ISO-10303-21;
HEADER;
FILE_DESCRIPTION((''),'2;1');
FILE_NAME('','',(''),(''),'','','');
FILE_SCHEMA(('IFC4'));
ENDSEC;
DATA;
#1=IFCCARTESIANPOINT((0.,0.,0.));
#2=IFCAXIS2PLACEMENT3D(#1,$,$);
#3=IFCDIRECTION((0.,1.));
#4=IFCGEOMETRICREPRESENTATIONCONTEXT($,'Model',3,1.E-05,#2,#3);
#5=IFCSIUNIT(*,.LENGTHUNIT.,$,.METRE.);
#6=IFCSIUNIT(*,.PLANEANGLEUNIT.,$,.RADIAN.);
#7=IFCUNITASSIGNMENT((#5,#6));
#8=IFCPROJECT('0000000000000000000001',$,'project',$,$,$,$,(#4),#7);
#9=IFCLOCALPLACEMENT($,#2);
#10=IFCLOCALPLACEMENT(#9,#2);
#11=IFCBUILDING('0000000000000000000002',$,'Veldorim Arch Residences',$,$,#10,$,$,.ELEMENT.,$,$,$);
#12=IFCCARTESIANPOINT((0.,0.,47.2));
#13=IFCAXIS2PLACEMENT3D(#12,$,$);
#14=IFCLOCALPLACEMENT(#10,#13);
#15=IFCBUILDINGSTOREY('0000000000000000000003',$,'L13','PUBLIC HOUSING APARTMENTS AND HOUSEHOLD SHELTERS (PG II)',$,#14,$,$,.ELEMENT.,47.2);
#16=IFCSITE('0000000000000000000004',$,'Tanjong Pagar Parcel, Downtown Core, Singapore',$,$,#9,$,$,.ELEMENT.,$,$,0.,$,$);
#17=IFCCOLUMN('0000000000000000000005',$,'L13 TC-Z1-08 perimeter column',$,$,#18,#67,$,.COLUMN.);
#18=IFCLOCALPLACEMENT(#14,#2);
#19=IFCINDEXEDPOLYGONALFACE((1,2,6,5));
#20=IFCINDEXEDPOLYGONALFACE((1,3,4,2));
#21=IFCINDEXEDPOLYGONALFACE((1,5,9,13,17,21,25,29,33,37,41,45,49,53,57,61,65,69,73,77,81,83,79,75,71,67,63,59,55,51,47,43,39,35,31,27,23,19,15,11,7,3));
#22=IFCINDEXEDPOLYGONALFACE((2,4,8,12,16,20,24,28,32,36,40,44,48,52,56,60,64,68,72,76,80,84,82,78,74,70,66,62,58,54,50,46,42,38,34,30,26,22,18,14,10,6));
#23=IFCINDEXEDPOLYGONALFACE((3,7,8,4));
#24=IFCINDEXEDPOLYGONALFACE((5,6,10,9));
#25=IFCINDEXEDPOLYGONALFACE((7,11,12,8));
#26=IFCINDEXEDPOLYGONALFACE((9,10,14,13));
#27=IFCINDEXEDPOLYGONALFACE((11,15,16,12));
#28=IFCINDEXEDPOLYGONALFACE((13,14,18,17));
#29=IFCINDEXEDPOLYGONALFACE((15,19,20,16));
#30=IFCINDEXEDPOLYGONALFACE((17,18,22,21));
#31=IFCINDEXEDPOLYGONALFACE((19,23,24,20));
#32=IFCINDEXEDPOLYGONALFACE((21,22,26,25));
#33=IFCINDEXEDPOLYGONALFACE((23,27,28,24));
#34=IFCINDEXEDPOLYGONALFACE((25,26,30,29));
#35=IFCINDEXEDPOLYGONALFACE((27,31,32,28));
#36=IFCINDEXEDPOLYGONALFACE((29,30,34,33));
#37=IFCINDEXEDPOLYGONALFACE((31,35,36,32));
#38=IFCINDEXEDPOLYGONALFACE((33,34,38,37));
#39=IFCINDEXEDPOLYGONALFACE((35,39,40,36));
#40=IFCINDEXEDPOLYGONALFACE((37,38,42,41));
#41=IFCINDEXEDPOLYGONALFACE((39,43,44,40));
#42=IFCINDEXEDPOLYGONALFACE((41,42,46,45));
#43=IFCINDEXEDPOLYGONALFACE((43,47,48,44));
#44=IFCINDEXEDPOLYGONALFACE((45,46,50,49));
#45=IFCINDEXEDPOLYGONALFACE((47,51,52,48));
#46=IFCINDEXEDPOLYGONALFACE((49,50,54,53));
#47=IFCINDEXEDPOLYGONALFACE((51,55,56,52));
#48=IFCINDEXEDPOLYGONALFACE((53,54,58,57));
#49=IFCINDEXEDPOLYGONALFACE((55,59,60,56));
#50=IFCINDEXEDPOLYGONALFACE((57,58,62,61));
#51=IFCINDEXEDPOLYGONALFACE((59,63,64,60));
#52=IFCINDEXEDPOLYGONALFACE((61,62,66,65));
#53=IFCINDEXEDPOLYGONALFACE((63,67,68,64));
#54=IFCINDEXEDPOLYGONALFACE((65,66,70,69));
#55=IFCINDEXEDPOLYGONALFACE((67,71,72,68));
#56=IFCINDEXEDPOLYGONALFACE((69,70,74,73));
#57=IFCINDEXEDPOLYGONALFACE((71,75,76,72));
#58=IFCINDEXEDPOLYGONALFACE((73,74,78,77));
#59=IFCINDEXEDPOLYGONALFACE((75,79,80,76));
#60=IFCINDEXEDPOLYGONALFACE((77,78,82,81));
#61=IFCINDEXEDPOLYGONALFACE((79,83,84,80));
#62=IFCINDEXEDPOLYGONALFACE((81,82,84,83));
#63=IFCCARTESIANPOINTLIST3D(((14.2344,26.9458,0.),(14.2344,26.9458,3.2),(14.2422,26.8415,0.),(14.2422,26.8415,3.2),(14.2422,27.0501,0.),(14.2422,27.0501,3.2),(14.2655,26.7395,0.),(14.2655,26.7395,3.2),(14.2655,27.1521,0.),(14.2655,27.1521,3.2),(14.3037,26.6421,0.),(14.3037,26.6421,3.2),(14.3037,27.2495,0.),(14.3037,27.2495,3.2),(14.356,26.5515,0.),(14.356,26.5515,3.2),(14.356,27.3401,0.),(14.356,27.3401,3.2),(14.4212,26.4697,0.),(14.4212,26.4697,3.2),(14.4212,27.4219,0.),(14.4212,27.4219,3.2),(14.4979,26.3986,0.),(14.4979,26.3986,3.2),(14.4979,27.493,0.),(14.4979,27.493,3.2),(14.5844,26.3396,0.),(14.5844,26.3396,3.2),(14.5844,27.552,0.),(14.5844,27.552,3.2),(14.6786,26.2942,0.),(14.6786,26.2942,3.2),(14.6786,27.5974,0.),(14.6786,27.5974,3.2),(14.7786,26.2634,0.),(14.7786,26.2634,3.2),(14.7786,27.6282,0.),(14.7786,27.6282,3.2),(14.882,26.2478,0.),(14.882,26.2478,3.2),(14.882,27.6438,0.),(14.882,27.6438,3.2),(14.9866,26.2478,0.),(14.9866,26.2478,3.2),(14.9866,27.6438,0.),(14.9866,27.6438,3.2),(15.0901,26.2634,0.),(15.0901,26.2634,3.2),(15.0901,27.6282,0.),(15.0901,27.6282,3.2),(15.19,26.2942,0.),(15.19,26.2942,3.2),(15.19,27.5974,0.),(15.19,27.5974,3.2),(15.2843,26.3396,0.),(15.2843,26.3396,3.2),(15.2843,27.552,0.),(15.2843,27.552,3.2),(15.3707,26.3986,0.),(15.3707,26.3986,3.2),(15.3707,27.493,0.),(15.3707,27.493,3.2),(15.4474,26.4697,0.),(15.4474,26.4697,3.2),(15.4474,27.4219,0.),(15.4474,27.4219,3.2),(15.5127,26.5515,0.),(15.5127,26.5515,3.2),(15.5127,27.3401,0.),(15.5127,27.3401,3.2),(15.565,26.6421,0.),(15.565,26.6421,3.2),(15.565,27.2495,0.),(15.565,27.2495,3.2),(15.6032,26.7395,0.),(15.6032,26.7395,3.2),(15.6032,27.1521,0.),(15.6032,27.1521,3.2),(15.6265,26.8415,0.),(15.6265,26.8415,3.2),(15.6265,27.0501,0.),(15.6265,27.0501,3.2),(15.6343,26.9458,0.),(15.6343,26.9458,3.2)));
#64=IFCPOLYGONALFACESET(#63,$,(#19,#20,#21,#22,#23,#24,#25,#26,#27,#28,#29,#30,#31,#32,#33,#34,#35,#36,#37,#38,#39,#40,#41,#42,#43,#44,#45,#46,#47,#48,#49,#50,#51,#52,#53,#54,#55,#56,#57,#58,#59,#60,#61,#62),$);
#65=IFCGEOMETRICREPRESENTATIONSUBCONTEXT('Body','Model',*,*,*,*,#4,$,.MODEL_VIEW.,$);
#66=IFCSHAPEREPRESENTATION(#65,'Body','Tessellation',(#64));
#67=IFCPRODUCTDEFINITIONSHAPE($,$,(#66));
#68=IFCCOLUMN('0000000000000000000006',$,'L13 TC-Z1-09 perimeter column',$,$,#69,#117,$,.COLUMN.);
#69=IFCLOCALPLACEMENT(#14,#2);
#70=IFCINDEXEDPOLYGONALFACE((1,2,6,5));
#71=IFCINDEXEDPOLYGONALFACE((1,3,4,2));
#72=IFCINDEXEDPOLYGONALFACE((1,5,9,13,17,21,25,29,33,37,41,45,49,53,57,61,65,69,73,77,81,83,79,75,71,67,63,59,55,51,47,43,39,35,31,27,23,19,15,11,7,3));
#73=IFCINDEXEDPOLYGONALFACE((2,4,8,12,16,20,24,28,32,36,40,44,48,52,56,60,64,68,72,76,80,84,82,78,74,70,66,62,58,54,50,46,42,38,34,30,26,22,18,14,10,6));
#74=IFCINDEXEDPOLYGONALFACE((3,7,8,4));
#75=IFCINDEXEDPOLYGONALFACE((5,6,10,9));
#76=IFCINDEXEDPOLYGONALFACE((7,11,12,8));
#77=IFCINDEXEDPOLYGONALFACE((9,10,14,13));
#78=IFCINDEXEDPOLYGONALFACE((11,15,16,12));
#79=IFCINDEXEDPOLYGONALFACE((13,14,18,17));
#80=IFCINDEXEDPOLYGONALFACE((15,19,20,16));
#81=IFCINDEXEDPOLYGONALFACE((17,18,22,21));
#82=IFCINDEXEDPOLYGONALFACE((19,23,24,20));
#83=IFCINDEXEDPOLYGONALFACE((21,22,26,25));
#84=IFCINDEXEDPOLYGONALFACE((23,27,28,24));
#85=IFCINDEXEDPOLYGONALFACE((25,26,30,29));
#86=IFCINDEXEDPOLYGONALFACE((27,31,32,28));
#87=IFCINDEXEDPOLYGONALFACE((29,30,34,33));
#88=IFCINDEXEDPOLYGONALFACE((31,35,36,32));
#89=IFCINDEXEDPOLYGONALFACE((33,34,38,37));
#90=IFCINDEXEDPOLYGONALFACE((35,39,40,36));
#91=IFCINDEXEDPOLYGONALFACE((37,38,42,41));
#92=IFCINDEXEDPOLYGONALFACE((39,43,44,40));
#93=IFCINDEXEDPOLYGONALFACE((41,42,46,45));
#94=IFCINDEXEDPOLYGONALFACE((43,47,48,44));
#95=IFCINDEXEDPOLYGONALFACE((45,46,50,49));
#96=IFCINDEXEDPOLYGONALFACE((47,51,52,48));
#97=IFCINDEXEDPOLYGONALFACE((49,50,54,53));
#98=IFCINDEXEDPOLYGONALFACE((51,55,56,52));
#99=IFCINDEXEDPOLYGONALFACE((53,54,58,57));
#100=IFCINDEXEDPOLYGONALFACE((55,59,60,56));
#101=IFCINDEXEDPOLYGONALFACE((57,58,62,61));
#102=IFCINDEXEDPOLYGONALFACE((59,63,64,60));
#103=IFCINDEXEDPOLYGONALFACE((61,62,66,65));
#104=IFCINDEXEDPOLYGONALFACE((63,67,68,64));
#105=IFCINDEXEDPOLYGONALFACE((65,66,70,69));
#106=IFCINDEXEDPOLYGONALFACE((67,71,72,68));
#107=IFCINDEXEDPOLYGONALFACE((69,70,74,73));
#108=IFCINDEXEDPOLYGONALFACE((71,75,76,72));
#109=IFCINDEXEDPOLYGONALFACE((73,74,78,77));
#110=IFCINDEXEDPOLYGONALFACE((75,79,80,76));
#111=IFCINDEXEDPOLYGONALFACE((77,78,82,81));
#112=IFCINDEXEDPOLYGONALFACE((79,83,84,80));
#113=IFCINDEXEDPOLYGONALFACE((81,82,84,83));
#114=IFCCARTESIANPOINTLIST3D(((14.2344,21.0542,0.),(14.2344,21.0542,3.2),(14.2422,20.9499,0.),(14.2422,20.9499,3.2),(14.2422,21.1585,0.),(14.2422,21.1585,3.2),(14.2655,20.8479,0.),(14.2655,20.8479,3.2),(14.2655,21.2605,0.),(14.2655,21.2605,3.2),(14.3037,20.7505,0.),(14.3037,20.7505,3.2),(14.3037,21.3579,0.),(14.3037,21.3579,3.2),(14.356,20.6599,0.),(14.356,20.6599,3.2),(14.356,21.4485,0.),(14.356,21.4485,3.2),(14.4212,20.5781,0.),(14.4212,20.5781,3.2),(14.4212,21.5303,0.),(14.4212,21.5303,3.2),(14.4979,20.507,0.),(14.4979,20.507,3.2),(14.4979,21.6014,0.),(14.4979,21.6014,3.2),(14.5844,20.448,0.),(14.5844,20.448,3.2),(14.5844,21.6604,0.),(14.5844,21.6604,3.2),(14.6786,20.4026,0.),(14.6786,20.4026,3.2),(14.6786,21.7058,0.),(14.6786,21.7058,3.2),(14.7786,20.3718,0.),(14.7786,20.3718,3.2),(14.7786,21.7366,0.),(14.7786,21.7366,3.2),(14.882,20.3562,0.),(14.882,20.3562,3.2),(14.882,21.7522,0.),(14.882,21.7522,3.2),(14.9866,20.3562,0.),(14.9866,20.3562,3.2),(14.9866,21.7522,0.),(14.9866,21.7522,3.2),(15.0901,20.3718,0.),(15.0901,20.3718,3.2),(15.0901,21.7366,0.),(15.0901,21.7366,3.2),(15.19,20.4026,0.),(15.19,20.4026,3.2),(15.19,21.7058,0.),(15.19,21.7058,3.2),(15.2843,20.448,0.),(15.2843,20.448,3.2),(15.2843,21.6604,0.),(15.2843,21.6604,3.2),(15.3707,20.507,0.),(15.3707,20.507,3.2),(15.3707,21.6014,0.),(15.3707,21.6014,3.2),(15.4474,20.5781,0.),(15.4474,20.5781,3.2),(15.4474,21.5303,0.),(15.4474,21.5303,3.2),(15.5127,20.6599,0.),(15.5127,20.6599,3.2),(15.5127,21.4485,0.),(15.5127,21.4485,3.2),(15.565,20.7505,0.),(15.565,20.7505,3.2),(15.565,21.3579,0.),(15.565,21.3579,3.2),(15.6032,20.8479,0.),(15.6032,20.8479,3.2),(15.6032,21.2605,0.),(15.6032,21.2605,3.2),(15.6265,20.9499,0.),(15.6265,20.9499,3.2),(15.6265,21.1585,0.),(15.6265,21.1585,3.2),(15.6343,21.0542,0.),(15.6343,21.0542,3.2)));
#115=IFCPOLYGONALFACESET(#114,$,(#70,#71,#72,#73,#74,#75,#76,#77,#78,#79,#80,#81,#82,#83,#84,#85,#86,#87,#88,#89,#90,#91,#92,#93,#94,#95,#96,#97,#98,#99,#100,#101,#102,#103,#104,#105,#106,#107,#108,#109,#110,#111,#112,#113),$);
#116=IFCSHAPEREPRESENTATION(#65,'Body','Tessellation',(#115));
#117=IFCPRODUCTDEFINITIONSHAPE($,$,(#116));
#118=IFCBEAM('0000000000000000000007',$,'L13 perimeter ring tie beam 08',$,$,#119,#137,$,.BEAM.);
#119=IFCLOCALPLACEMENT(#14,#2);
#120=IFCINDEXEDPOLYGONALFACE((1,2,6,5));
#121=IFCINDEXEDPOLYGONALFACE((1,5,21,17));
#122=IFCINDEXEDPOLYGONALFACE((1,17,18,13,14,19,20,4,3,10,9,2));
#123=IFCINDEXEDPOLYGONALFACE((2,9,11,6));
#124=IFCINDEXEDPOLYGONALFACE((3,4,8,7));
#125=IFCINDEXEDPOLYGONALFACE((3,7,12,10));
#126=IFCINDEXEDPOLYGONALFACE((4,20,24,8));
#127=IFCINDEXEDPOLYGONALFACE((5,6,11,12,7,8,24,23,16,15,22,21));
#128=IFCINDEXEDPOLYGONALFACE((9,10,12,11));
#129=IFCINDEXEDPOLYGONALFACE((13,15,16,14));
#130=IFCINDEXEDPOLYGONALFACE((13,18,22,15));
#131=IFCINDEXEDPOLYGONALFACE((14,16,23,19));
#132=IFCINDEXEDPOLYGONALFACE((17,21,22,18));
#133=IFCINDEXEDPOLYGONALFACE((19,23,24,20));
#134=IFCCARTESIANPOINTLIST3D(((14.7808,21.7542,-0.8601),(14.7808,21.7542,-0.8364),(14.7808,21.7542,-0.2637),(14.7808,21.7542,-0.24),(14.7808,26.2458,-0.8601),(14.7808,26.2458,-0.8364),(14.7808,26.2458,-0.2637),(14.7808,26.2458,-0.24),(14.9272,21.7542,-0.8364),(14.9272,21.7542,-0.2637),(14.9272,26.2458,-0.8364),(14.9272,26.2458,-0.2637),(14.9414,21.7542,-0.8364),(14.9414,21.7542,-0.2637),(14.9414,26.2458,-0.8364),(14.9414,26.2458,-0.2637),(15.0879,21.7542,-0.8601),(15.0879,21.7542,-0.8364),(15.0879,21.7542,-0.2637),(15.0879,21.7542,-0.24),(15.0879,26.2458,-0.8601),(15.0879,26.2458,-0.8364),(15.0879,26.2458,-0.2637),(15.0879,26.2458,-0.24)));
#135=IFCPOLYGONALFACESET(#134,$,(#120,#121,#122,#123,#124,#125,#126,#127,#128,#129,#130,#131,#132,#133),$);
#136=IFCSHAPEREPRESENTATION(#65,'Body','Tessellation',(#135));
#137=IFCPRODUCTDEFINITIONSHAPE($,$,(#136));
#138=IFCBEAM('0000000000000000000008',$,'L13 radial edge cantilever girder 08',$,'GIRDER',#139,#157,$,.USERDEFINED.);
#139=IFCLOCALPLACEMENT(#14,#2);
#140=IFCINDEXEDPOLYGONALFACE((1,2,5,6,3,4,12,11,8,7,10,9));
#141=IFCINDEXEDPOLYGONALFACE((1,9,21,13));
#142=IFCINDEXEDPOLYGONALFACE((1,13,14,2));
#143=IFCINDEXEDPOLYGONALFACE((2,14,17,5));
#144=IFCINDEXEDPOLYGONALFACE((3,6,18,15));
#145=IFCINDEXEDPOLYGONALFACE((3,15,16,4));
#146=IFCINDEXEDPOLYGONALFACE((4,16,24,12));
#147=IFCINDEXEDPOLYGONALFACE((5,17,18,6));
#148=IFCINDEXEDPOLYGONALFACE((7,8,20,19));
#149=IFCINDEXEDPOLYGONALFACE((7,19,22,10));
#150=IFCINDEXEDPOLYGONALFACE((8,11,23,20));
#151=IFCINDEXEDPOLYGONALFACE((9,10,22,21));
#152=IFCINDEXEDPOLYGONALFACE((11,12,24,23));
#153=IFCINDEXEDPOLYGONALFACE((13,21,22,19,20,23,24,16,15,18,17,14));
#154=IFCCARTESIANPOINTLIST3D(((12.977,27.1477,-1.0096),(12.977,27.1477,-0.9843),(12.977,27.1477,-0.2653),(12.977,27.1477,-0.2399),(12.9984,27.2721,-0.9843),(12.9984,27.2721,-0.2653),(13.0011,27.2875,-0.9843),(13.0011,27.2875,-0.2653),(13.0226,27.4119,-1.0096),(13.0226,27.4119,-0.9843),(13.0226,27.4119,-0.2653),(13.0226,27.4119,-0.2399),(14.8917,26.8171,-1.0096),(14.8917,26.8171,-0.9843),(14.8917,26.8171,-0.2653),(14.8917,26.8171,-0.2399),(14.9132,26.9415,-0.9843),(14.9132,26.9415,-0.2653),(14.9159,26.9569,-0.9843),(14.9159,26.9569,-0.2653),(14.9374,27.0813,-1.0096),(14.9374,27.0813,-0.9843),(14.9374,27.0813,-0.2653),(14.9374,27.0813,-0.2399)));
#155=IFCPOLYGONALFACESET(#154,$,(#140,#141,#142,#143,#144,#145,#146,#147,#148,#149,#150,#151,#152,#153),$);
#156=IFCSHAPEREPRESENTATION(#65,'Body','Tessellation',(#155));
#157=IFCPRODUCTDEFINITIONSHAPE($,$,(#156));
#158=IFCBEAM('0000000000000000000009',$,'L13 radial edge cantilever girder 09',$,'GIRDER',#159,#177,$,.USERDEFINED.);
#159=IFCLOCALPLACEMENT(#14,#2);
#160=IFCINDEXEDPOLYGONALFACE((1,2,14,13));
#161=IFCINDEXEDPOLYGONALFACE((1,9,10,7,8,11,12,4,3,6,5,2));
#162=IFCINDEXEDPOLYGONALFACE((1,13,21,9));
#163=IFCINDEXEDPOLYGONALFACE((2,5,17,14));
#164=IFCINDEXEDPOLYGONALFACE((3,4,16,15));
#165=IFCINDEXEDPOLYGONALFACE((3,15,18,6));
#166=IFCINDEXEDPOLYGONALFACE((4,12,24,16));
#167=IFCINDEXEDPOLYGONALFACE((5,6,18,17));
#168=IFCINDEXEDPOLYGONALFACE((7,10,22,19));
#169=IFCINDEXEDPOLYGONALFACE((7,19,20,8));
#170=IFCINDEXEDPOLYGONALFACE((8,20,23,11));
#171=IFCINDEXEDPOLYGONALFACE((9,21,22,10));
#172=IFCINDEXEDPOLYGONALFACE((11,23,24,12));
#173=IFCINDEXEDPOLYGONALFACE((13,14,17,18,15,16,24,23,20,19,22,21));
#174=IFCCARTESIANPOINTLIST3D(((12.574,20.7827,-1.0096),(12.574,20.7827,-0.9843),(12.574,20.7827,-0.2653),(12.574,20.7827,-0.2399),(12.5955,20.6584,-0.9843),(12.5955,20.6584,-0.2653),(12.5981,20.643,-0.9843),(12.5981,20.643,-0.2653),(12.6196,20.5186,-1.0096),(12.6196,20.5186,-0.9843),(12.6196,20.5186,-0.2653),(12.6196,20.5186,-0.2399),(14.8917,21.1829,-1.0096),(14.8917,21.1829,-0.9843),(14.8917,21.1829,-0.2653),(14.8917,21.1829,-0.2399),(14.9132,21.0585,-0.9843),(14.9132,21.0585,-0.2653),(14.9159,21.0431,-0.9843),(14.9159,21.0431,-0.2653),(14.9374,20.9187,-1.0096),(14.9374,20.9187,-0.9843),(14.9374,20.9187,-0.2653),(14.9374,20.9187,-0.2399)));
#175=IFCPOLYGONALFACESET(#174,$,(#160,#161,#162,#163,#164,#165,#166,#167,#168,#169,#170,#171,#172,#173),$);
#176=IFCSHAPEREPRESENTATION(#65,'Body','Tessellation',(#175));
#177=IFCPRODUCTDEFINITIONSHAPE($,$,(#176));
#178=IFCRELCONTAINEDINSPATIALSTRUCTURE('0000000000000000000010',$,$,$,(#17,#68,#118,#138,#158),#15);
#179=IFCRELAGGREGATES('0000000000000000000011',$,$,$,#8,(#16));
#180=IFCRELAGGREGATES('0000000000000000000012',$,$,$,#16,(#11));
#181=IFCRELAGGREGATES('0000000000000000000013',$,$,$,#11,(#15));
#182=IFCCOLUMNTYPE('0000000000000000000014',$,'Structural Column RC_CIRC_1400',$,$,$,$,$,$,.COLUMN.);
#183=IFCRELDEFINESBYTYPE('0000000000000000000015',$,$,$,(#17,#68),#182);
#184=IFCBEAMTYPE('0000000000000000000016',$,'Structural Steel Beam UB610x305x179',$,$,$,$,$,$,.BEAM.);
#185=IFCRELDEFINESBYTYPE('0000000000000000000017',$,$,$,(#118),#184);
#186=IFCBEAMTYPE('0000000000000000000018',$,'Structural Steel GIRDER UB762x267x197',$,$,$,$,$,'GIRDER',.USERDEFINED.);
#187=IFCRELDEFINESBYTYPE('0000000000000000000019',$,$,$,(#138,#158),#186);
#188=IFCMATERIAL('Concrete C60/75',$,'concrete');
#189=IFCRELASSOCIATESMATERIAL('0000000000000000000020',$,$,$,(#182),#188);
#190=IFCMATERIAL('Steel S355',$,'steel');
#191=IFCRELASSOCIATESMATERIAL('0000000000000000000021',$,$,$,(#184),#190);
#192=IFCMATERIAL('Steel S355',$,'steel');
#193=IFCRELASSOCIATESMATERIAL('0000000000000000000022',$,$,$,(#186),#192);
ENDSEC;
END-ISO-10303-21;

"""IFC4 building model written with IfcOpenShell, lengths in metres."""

from ifc_helpers import new_model, si_unit, direction, frame, origin, origin_2d, place, context, subcontext, project, spatial, circle, i_section, extrude, material, material_profile, profile_set, type_object, element, save


model = new_model("IFC4")

# Units and contexts
model_context = context("Model", 3, precision=1e-05, world=origin(), true_north=direction((0.0, 1.0)))
body_context = subcontext(model_context, "Body", "Model", "MODEL_VIEW")
ifc_project = project(units=[si_unit("LENGTHUNIT", "METRE"), si_unit("PLANEANGLEUNIT", "RADIAN")], contexts=[model_context])

# Site, building, storey
site_placement = place(None, origin())
site = spatial("IfcSite", under=ifc_project, at=site_placement, Name="Tanjong Pagar Parcel, Downtown Core, Singapore", CompositionType="ELEMENT", RefElevation=0.0)
building_placement = place(site_placement, origin())
building = spatial("IfcBuilding", under=site, at=building_placement, Name="Veldorim Arch Residences", CompositionType="ELEMENT")
storey_placement = place(building_placement, frame((0.0, 0.0, 47.2)))
storey = spatial("IfcBuildingStorey", under=building, at=storey_placement, Name="L13", Description="PUBLIC HOUSING APARTMENTS AND HOUSEHOLD SHELTERS (PG II)", CompositionType="ELEMENT", Elevation=47.2)

# Columns
ifc_material_1 = material(Name="Concrete C60/75", Category="concrete")
ifc_material_profile_1 = material_profile(ifc_material_1, circle(Radius=0.7, at=origin_2d()), Name="RC_CIRC_1400")
ifc_profile_set_1 = profile_set([ifc_material_profile_1], Name="Concrete C60/75")
column_type = type_object("IfcColumnType", Name="Structural Column RC_CIRC_1400", PredefinedType="COLUMN", material=ifc_profile_set_1)
for number, where, z_axis, x_axis, name in (
    (1, (14.9343, 26.9458, 0.0), (0.0, 0.0, 1.0), (1.0, 0.0, 0.0), "L13 TC-Z1-08 perimeter column"),
    (2, (14.9343, 21.0542, 0.0), (0.0, 0.0, 1.0), (1.0, 0.0, 0.0), "L13 TC-Z1-09 perimeter column"),
):
    element("IfcColumn", number, at=place(storey_placement, frame(where, z_axis=z_axis, x_axis=x_axis)), inside=storey, type_object=column_type, Name=name, PredefinedType="COLUMN", context=body_context, shape_type="SweptSolid", body=[
        extrude(circle(Radius=0.7, at=origin_2d()), origin(), (0.0, 0.0, 1.0), 3.2),
    ])

# Beams
ifc_material_2 = material(Name="Steel S355", Category="steel")
ifc_material_profile_2 = material_profile(ifc_material_2, i_section(OverallWidth=0.3071, OverallDepth=0.6201, WebThickness=0.0142, FlangeThickness=0.0237, at=origin_2d()), Name="UB610x305x179")
ifc_profile_set_2 = profile_set([ifc_material_profile_2], Name="Steel S355")
beam_type_1 = type_object("IfcBeamType", Name="Structural Steel Beam UB610x305x179", PredefinedType="BEAM", material=ifc_profile_set_2)
beam_1_placement = place(storey_placement, frame((14.9343, 26.2458, -0.55), z_axis=(0.0, -1.0, 0.0), x_axis=(1.0, 0.0, 0.0)))
element("IfcBeam", 3, at=beam_1_placement, inside=storey, type_object=beam_type_1, Name="L13 perimeter ring tie beam 08", PredefinedType="BEAM", context=body_context, shape_type="SweptSolid", body=[
    extrude(i_section(OverallWidth=0.3071, OverallDepth=0.6201, WebThickness=0.0142, FlangeThickness=0.0237, at=origin_2d()), origin(), (0.0, 0.0, 1.0), 4.4917),
])
ifc_material_3 = material(Name="Steel S355", Category="steel")
ifc_material_profile_3 = material_profile(ifc_material_3, i_section(OverallWidth=0.2681, OverallDepth=0.7698, WebThickness=0.0156, FlangeThickness=0.0254, at=origin_2d()), Name="UB762x267x197")
ifc_profile_set_3 = profile_set([ifc_material_profile_3], Name="Steel S355")
beam_type_2 = type_object("IfcBeamType", Name="Structural Steel GIRDER UB762x267x197", ElementType="GIRDER", PredefinedType="USERDEFINED", material=ifc_profile_set_3)
beam_2_placement = place(storey_placement, frame((14.9146, 26.9492, -0.6248), z_axis=(-0.985423, 0.170121, 0.0), x_axis=(-0.170121, -0.985423, 0.0)))
element("IfcBeam", 4, at=beam_2_placement, inside=storey, type_object=beam_type_2, Name="L13 radial edge cantilever girder 08", ObjectType="GIRDER", PredefinedType="USERDEFINED", context=body_context, shape_type="SweptSolid", body=[
    extrude(i_section(OverallWidth=0.2681, OverallDepth=0.7698, WebThickness=0.0156, FlangeThickness=0.0254, at=origin_2d()), origin(), (0.0, 0.0, 1.0), 1.9431),
])
beam_3_placement = place(storey_placement, frame((14.9146, 21.0508, -0.6248), z_axis=(-0.985424, -0.170119, 0.0), x_axis=(0.170119, -0.985424, 0.0)))
element("IfcBeam", 5, at=beam_3_placement, inside=storey, type_object=beam_type_2, Name="L13 radial edge cantilever girder 09", ObjectType="GIRDER", PredefinedType="USERDEFINED", context=body_context, shape_type="SweptSolid", body=[
    extrude(i_section(OverallWidth=0.2681, OverallDepth=0.7698, WebThickness=0.0156, FlangeThickness=0.0254, at=origin_2d()), origin(), (0.0, 0.0, 1.0), 2.3521),
])

save(model, "model.ifc")
